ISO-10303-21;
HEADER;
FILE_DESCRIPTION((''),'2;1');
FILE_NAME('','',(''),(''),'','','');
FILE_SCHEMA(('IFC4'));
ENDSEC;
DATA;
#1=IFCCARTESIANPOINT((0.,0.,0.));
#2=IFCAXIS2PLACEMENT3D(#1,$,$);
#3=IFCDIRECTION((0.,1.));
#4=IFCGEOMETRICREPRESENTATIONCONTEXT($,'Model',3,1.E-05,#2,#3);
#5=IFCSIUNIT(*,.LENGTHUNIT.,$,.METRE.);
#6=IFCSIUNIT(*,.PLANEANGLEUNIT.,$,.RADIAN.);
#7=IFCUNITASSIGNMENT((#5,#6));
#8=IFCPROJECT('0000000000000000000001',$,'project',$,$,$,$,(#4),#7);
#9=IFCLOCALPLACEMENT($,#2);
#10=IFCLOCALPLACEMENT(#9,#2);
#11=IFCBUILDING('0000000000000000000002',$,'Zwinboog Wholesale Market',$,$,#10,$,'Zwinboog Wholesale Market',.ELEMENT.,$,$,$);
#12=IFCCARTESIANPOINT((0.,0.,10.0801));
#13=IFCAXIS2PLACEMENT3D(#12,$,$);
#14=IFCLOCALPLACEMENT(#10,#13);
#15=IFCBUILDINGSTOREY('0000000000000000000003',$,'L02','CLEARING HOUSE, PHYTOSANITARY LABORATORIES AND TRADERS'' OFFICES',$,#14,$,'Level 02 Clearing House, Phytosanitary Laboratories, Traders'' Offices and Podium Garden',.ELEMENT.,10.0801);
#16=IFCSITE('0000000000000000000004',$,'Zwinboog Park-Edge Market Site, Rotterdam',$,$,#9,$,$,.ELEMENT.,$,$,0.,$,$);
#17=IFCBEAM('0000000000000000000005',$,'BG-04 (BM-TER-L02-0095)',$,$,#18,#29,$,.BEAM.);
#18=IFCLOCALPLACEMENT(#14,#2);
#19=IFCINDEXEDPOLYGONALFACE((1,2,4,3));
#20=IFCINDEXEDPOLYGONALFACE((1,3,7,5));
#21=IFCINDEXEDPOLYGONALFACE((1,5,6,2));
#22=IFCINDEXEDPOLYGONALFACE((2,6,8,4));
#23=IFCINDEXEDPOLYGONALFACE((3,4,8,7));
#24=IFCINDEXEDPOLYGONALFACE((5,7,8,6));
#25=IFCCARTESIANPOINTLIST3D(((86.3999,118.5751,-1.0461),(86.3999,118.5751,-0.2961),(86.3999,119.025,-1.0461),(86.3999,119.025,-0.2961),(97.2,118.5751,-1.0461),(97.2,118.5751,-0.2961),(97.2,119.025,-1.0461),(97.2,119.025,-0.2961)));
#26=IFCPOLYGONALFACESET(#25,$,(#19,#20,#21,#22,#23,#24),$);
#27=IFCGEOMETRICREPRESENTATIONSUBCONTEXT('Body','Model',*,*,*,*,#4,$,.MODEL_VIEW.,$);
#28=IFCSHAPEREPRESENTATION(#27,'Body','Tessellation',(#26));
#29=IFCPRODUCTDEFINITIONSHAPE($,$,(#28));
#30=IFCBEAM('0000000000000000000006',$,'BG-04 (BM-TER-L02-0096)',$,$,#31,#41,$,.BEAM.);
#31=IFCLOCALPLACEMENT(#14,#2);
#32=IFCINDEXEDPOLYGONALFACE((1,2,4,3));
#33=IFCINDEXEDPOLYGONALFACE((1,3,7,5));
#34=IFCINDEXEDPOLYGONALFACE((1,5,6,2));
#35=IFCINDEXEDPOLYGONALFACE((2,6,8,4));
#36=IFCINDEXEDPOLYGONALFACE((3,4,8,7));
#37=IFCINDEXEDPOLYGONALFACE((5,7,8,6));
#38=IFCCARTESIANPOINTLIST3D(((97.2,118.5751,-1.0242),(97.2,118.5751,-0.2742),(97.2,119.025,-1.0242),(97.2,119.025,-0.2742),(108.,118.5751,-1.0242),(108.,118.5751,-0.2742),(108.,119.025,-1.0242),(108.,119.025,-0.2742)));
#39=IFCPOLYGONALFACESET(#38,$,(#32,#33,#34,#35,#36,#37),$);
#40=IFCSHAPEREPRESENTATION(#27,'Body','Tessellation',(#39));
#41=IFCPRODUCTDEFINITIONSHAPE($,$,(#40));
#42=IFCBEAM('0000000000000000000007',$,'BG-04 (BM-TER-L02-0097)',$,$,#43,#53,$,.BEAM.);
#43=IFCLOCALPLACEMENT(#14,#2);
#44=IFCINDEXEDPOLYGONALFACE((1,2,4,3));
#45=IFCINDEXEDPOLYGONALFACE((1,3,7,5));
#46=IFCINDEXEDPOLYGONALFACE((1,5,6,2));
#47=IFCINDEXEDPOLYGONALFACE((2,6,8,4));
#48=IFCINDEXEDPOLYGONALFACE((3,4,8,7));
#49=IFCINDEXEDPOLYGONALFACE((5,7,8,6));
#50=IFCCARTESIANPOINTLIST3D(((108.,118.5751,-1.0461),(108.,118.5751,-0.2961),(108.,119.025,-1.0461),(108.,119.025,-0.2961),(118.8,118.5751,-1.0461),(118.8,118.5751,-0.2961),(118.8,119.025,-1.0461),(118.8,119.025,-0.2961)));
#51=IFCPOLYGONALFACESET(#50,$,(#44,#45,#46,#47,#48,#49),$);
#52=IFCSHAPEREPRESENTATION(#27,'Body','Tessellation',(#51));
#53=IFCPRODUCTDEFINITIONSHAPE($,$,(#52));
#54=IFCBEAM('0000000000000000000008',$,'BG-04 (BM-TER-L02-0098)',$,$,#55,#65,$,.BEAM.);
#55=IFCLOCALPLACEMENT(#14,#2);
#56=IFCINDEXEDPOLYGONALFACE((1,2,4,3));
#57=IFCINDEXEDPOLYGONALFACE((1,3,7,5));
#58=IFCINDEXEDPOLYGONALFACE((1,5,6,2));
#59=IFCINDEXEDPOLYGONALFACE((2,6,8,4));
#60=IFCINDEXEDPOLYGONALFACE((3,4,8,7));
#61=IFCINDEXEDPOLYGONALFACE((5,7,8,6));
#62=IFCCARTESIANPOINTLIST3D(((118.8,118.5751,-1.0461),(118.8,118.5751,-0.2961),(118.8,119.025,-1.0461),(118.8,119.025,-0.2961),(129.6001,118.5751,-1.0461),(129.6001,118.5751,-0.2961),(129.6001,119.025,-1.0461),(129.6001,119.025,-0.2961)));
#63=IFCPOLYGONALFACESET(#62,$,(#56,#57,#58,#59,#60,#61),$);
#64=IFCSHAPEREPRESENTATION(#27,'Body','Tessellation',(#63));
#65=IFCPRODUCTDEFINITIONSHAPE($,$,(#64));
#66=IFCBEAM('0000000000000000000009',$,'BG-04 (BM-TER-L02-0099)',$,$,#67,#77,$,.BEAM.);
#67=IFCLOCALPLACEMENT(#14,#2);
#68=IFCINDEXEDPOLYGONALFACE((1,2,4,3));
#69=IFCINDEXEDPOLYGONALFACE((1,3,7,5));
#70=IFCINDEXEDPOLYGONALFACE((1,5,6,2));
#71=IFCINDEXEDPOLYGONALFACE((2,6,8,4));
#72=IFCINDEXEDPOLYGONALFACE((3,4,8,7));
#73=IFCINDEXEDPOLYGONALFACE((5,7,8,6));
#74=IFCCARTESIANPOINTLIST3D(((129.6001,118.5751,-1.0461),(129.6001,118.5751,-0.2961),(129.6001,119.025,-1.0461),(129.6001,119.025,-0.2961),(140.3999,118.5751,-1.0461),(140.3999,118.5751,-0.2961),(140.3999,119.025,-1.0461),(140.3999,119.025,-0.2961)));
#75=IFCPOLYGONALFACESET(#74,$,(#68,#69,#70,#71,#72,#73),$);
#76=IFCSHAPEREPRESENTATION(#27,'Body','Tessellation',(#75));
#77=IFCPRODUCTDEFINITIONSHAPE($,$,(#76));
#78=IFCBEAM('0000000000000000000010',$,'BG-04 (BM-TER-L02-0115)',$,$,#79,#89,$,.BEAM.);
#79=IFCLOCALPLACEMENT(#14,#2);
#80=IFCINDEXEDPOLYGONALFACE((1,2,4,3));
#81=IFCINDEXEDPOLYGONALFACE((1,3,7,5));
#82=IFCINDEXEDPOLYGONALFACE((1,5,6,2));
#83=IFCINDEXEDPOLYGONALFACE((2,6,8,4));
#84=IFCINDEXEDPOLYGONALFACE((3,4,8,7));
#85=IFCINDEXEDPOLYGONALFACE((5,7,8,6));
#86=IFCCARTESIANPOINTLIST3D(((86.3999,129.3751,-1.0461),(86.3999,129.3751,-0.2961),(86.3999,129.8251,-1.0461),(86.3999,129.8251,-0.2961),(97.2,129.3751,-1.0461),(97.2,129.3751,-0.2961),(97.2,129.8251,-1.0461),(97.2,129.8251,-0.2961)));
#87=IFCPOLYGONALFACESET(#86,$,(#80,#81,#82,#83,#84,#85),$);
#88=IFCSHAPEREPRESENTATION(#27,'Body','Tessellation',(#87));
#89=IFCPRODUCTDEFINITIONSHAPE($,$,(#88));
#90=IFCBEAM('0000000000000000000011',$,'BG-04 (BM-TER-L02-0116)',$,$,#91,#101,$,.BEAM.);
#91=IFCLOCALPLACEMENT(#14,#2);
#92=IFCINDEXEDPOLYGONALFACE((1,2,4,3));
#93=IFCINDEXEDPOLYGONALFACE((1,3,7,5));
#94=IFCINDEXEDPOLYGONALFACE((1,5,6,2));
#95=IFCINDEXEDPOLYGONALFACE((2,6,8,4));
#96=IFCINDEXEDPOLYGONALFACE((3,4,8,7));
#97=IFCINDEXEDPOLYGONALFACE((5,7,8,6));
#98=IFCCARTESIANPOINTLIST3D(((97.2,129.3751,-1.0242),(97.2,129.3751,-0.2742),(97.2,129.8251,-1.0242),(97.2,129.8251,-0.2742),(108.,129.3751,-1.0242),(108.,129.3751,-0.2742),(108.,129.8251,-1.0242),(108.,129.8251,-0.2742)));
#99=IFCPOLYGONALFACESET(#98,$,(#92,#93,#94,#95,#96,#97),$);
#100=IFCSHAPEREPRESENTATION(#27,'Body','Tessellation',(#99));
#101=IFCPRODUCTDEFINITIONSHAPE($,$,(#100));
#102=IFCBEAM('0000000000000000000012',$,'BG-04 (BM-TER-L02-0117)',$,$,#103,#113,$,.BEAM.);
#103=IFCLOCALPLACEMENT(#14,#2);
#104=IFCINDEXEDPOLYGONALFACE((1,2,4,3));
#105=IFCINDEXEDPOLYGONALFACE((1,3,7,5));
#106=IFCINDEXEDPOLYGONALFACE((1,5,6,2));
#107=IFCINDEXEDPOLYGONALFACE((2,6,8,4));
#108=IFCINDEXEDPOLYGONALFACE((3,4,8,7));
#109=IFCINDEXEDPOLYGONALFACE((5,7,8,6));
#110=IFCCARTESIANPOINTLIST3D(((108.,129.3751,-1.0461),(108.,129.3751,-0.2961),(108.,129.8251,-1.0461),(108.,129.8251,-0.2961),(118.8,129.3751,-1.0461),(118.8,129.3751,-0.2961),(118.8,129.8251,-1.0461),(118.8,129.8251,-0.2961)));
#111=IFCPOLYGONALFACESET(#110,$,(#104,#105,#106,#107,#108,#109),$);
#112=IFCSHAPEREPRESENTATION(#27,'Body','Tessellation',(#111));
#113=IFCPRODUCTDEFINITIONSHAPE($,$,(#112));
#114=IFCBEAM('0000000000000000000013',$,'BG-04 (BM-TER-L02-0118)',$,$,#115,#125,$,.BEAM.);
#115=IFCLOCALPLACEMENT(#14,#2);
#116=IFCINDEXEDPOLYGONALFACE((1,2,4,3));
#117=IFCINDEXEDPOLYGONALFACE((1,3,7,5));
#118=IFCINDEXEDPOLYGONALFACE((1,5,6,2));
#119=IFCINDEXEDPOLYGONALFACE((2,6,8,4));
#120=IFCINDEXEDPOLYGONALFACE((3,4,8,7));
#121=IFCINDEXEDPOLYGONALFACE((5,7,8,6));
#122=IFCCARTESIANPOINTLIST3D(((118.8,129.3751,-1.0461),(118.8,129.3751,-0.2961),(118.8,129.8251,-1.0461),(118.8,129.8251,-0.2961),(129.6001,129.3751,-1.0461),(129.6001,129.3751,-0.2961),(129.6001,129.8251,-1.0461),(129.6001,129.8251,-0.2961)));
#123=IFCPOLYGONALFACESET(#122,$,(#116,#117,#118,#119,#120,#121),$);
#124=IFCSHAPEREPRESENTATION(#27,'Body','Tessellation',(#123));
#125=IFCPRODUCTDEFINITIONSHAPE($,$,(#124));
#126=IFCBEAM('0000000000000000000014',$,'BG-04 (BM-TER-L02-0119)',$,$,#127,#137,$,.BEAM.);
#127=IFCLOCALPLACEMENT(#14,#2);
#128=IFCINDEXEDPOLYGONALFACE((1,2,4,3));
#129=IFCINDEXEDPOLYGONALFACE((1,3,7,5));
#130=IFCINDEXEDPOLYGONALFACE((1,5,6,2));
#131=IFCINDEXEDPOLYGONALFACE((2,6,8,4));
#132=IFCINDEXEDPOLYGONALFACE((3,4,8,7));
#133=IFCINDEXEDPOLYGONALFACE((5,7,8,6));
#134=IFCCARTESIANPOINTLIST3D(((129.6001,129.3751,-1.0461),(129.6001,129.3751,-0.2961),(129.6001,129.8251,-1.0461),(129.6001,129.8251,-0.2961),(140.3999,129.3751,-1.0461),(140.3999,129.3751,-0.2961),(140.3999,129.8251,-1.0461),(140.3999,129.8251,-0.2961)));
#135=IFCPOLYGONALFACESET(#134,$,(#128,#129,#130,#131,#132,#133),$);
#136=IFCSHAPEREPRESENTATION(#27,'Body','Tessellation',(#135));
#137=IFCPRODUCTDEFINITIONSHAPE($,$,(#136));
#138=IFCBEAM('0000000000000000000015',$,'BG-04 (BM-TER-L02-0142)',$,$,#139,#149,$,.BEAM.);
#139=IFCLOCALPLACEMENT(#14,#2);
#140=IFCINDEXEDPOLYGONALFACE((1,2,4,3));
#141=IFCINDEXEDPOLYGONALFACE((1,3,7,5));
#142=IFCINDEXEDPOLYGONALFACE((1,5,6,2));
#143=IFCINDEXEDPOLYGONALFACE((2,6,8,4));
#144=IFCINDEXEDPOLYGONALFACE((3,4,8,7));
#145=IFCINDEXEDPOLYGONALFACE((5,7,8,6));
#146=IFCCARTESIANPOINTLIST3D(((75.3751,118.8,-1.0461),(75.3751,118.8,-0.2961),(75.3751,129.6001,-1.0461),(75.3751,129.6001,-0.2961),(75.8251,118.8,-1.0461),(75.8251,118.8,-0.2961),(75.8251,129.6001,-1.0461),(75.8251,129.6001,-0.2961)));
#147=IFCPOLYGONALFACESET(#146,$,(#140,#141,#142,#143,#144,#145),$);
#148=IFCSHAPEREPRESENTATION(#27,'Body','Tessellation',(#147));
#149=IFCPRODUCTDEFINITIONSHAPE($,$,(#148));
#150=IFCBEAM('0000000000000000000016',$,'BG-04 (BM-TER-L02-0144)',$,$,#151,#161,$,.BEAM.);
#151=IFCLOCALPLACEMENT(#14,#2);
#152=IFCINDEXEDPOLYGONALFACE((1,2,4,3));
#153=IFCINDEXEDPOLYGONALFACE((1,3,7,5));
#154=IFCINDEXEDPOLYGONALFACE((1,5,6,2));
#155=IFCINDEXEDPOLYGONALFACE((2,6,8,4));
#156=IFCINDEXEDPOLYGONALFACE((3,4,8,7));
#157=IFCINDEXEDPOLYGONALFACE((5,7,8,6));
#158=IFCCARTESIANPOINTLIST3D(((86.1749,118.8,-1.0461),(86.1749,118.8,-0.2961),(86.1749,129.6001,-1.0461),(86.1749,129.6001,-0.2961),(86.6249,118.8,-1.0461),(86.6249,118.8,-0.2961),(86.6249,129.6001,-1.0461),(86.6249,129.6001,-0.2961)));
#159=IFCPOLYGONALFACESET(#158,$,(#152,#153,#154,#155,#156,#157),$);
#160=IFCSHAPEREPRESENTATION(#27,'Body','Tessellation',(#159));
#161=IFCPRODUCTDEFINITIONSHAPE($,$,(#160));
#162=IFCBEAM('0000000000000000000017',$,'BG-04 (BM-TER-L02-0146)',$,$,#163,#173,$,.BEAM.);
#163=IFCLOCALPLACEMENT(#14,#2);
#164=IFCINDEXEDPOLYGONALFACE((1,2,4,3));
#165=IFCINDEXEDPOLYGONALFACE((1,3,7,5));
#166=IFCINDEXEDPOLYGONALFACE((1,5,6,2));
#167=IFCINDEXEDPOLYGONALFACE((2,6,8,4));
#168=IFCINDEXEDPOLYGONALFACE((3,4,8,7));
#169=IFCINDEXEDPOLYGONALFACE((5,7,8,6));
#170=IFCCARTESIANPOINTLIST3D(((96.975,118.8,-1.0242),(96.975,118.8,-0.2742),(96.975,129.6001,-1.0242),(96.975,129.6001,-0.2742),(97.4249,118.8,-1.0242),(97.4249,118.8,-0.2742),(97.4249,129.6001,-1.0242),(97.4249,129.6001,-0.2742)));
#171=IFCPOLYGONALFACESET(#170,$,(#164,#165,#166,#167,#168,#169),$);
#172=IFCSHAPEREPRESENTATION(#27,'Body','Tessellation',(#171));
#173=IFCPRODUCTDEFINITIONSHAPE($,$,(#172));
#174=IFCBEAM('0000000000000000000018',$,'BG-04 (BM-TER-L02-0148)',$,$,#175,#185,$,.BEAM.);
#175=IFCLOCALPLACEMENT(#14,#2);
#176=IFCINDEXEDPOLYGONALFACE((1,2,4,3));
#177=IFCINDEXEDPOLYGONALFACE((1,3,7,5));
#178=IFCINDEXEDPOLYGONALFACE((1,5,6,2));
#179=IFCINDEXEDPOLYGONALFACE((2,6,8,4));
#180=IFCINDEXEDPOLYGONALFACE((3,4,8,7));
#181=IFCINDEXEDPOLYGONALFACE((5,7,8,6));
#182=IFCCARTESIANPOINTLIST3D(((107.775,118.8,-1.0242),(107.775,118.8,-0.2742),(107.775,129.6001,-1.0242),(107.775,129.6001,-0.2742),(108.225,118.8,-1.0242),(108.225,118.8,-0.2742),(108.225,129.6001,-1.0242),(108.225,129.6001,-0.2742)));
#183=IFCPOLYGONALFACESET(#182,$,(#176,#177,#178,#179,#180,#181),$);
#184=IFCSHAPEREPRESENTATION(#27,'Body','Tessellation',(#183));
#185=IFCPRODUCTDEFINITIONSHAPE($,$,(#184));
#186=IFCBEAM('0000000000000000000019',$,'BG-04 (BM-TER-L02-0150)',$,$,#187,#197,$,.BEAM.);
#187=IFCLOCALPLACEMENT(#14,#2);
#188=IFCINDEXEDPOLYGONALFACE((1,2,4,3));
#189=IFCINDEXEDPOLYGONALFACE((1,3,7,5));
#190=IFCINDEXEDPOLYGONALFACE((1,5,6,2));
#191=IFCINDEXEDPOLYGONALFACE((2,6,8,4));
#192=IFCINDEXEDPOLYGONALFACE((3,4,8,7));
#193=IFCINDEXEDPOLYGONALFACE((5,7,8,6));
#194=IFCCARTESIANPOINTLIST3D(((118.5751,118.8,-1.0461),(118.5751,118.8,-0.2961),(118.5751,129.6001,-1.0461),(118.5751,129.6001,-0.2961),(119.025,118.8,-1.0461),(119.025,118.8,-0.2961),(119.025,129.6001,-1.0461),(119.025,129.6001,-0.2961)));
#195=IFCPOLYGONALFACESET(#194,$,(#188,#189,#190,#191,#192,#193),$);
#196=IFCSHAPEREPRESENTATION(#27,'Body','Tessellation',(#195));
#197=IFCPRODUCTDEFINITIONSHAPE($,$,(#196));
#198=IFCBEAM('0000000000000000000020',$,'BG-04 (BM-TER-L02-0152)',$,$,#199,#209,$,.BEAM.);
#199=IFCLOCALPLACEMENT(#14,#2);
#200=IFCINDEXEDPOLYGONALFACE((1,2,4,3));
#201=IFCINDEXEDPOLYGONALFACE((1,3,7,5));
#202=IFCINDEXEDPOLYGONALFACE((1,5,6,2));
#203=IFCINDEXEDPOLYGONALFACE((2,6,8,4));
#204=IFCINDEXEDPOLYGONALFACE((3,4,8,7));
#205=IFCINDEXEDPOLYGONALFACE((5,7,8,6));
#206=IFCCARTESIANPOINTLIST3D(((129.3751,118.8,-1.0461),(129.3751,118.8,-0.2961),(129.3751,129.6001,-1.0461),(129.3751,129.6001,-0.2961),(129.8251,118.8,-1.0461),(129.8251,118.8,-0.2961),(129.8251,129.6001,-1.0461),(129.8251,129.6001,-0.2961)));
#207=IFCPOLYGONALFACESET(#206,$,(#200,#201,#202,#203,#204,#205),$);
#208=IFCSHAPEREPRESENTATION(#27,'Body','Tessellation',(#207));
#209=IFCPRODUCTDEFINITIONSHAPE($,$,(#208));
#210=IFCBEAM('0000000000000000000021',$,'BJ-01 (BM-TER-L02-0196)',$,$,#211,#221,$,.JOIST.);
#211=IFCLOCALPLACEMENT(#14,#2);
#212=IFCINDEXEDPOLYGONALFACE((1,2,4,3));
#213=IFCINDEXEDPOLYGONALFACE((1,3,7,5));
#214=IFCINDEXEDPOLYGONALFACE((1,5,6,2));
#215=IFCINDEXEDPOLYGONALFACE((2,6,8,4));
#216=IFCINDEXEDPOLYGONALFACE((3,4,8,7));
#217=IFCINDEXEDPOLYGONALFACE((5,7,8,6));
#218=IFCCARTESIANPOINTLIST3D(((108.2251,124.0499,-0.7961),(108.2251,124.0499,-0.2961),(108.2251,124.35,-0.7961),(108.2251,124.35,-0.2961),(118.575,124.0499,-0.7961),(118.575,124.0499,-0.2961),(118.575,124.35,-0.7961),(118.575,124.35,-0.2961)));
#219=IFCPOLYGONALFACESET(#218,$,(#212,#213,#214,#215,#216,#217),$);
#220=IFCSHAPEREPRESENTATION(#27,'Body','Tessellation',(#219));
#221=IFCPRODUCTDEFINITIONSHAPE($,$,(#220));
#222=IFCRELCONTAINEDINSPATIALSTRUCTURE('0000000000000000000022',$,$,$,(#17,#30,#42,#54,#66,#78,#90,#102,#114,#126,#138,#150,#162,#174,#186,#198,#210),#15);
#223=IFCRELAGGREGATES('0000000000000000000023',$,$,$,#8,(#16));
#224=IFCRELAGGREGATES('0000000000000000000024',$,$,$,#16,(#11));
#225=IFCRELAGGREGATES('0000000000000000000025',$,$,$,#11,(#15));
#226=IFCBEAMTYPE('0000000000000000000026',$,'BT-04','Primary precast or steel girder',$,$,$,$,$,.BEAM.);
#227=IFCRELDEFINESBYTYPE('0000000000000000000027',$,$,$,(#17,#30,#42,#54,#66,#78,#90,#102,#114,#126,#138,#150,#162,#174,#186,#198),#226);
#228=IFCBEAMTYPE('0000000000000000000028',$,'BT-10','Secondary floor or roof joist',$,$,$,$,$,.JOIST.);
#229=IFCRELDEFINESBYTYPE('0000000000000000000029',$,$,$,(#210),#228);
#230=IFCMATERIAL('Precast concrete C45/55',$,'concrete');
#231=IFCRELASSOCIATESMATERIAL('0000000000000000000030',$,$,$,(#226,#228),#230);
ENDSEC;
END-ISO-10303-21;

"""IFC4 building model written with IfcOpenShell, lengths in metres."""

from ifc_helpers import new_model, si_unit, direction, frame, origin, origin_2d, place, context, subcontext, project, spatial, rectangle, extrude, material, material_profile, profile_set, type_object, element, save


model = new_model("IFC4")

# Units and contexts
model_context = context("Model", 3, precision=1e-05, world=origin(), true_north=direction((0.0, 1.0)))
body_context = subcontext(model_context, "Body", "Model", "MODEL_VIEW")
ifc_project = project(units=[si_unit("LENGTHUNIT", "METRE"), si_unit("PLANEANGLEUNIT", "RADIAN")], contexts=[model_context])

# Site, building, storey
site_placement = place(None, origin())
site = spatial("IfcSite", under=ifc_project, at=site_placement, Name="Zwinboog Park-Edge Market Site, Rotterdam", CompositionType="ELEMENT", RefElevation=0.0)
building_placement = place(site_placement, origin())
building = spatial("IfcBuilding", under=site, at=building_placement, Name="Zwinboog Wholesale Market", LongName="Zwinboog Wholesale Market", CompositionType="ELEMENT")
storey_placement = place(building_placement, frame((0.0, 0.0, 10.0801)))
storey = spatial("IfcBuildingStorey", under=building, at=storey_placement, Name="L02", Description="CLEARING HOUSE, PHYTOSANITARY LABORATORIES AND TRADERS' OFFICES", LongName="Level 02 Clearing House, Phytosanitary Laboratories, Traders' Offices and Podium Garden", CompositionType="ELEMENT", Elevation=10.0801)

# Beams
ifc_material_1 = material(Name="Precast concrete C45/55", Category="concrete")
ifc_material_profile_1 = material_profile(ifc_material_1, rectangle(XDim=0.45, YDim=0.75, at=origin_2d()), Name="PC 450x750")
ifc_profile_set_1 = profile_set([ifc_material_profile_1], Name="Precast concrete C45/55")
beam_type_1 = type_object("IfcBeamType", Name="BT-04", Description="Primary precast or steel girder", PredefinedType="BEAM", material=ifc_profile_set_1)
for number, where, z_axis, x_axis, name in (
    (1, (86.3999, 118.8, -0.6711), (1.0, 0.0, 0.0), (0.0, 1.0, 0.0), "BG-04 (BM-TER-L02-0095)"),
    (2, (97.2, 118.8, -0.6492), (1.0, 0.0, 0.0), (0.0, 1.0, 0.0), "BG-04 (BM-TER-L02-0096)"),
    (3, (108.0, 118.8, -0.6711), (1.0, 0.0, 0.0), (0.0, 1.0, 0.0), "BG-04 (BM-TER-L02-0097)"),
    (4, (118.8, 118.8, -0.6711), (1.0, 0.0, 0.0), (0.0, 1.0, 0.0), "BG-04 (BM-TER-L02-0098)"),
):
    element("IfcBeam", number, at=place(storey_placement, frame(where, z_axis=z_axis, x_axis=x_axis)), inside=storey, type_object=beam_type_1, Name=name, PredefinedType="BEAM", context=body_context, shape_type="SweptSolid", body=[
        extrude(rectangle(XDim=0.45, YDim=0.75, at=origin_2d()), origin(), (0.0, 0.0, 1.0), 10.8),
    ])
beam_1_placement = place(storey_placement, frame((129.6001, 118.8, -0.6711), z_axis=(1.0, 0.0, 0.0), x_axis=(0.0, 1.0, 0.0)))
element("IfcBeam", 5, at=beam_1_placement, inside=storey, type_object=beam_type_1, Name="BG-04 (BM-TER-L02-0099)", PredefinedType="BEAM", context=body_context, shape_type="SweptSolid", body=[
    extrude(rectangle(XDim=0.45, YDim=0.75, at=origin_2d()), origin(), (0.0, 0.0, 1.0), 10.7998),
])
for number, where, z_axis, x_axis, name in (
    (6, (86.3999, 129.6001, -0.6711), (1.0, 0.0, 0.0), (0.0, 1.0, 0.0), "BG-04 (BM-TER-L02-0115)"),
    (7, (97.2, 129.6001, -0.6492), (1.0, 0.0, 0.0), (0.0, 1.0, 0.0), "BG-04 (BM-TER-L02-0116)"),
    (8, (108.0, 129.6001, -0.6711), (1.0, 0.0, 0.0), (0.0, 1.0, 0.0), "BG-04 (BM-TER-L02-0117)"),
    (9, (118.8, 129.6001, -0.6711), (1.0, 0.0, 0.0), (0.0, 1.0, 0.0), "BG-04 (BM-TER-L02-0118)"),
):
    element("IfcBeam", number, at=place(storey_placement, frame(where, z_axis=z_axis, x_axis=x_axis)), inside=storey, type_object=beam_type_1, Name=name, PredefinedType="BEAM", context=body_context, shape_type="SweptSolid", body=[
        extrude(rectangle(XDim=0.45, YDim=0.75, at=origin_2d()), origin(), (0.0, 0.0, 1.0), 10.8),
    ])
beam_2_placement = place(storey_placement, frame((129.6001, 129.6001, -0.6711), z_axis=(1.0, 0.0, 0.0), x_axis=(0.0, 1.0, 0.0)))
element("IfcBeam", 10, at=beam_2_placement, inside=storey, type_object=beam_type_1, Name="BG-04 (BM-TER-L02-0119)", PredefinedType="BEAM", context=body_context, shape_type="SweptSolid", body=[
    extrude(rectangle(XDim=0.45, YDim=0.75, at=origin_2d()), origin(), (0.0, 0.0, 1.0), 10.7998),
])
for number, where, z_axis, x_axis, name in (
    (11, (75.6001, 118.8, -0.6711), (0.0, 1.0, 0.0), (-1.0, 0.0, 0.0), "BG-04 (BM-TER-L02-0142)"),
    (12, (86.3999, 118.8, -0.6711), (0.0, 1.0, 0.0), (-1.0, 0.0, 0.0), "BG-04 (BM-TER-L02-0144)"),
    (13, (97.2, 118.8, -0.6492), (0.0, 1.0, 0.0), (-1.0, 0.0, 0.0), "BG-04 (BM-TER-L02-0146)"),
    (14, (108.0, 118.8, -0.6492), (0.0, 1.0, 0.0), (-1.0, 0.0, 0.0), "BG-04 (BM-TER-L02-0148)"),
    (15, (118.8, 118.8, -0.6711), (0.0, 1.0, 0.0), (-1.0, 0.0, 0.0), "BG-04 (BM-TER-L02-0150)"),
    (16, (129.6001, 118.8, -0.6711), (0.0, 1.0, 0.0), (-1.0, 0.0, 0.0), "BG-04 (BM-TER-L02-0152)"),
):
    element("IfcBeam", number, at=place(storey_placement, frame(where, z_axis=z_axis, x_axis=x_axis)), inside=storey, type_object=beam_type_1, Name=name, PredefinedType="BEAM", context=body_context, shape_type="SweptSolid", body=[
        extrude(rectangle(XDim=0.45, YDim=0.75, at=origin_2d()), origin(), (0.0, 0.0, 1.0), 10.8),
    ])
ifc_material_profile_2 = material_profile(ifc_material_1, rectangle(XDim=0.3, YDim=0.5, at=origin_2d()), Name="PC 300x500")
ifc_profile_set_2 = profile_set([ifc_material_profile_2], Name="Precast concrete C45/55")
beam_type_2 = type_object("IfcBeamType", Name="BT-10", Description="Secondary floor or roof joist", PredefinedType="JOIST", material=ifc_profile_set_2)
beam_3_placement = place(storey_placement, frame((108.2251, 124.2, -0.5461), z_axis=(1.0, 0.0, 0.0), x_axis=(0.0, 1.0, 0.0)))
element("IfcBeam", 17, at=beam_3_placement, inside=storey, type_object=beam_type_2, Name="BJ-01 (BM-TER-L02-0196)", PredefinedType="JOIST", context=body_context, shape_type="SweptSolid", body=[
    extrude(rectangle(XDim=0.3, YDim=0.5, at=origin_2d()), origin(), (0.0, 0.0, 1.0), 10.3499),
])

save(model, "model.ifc")
